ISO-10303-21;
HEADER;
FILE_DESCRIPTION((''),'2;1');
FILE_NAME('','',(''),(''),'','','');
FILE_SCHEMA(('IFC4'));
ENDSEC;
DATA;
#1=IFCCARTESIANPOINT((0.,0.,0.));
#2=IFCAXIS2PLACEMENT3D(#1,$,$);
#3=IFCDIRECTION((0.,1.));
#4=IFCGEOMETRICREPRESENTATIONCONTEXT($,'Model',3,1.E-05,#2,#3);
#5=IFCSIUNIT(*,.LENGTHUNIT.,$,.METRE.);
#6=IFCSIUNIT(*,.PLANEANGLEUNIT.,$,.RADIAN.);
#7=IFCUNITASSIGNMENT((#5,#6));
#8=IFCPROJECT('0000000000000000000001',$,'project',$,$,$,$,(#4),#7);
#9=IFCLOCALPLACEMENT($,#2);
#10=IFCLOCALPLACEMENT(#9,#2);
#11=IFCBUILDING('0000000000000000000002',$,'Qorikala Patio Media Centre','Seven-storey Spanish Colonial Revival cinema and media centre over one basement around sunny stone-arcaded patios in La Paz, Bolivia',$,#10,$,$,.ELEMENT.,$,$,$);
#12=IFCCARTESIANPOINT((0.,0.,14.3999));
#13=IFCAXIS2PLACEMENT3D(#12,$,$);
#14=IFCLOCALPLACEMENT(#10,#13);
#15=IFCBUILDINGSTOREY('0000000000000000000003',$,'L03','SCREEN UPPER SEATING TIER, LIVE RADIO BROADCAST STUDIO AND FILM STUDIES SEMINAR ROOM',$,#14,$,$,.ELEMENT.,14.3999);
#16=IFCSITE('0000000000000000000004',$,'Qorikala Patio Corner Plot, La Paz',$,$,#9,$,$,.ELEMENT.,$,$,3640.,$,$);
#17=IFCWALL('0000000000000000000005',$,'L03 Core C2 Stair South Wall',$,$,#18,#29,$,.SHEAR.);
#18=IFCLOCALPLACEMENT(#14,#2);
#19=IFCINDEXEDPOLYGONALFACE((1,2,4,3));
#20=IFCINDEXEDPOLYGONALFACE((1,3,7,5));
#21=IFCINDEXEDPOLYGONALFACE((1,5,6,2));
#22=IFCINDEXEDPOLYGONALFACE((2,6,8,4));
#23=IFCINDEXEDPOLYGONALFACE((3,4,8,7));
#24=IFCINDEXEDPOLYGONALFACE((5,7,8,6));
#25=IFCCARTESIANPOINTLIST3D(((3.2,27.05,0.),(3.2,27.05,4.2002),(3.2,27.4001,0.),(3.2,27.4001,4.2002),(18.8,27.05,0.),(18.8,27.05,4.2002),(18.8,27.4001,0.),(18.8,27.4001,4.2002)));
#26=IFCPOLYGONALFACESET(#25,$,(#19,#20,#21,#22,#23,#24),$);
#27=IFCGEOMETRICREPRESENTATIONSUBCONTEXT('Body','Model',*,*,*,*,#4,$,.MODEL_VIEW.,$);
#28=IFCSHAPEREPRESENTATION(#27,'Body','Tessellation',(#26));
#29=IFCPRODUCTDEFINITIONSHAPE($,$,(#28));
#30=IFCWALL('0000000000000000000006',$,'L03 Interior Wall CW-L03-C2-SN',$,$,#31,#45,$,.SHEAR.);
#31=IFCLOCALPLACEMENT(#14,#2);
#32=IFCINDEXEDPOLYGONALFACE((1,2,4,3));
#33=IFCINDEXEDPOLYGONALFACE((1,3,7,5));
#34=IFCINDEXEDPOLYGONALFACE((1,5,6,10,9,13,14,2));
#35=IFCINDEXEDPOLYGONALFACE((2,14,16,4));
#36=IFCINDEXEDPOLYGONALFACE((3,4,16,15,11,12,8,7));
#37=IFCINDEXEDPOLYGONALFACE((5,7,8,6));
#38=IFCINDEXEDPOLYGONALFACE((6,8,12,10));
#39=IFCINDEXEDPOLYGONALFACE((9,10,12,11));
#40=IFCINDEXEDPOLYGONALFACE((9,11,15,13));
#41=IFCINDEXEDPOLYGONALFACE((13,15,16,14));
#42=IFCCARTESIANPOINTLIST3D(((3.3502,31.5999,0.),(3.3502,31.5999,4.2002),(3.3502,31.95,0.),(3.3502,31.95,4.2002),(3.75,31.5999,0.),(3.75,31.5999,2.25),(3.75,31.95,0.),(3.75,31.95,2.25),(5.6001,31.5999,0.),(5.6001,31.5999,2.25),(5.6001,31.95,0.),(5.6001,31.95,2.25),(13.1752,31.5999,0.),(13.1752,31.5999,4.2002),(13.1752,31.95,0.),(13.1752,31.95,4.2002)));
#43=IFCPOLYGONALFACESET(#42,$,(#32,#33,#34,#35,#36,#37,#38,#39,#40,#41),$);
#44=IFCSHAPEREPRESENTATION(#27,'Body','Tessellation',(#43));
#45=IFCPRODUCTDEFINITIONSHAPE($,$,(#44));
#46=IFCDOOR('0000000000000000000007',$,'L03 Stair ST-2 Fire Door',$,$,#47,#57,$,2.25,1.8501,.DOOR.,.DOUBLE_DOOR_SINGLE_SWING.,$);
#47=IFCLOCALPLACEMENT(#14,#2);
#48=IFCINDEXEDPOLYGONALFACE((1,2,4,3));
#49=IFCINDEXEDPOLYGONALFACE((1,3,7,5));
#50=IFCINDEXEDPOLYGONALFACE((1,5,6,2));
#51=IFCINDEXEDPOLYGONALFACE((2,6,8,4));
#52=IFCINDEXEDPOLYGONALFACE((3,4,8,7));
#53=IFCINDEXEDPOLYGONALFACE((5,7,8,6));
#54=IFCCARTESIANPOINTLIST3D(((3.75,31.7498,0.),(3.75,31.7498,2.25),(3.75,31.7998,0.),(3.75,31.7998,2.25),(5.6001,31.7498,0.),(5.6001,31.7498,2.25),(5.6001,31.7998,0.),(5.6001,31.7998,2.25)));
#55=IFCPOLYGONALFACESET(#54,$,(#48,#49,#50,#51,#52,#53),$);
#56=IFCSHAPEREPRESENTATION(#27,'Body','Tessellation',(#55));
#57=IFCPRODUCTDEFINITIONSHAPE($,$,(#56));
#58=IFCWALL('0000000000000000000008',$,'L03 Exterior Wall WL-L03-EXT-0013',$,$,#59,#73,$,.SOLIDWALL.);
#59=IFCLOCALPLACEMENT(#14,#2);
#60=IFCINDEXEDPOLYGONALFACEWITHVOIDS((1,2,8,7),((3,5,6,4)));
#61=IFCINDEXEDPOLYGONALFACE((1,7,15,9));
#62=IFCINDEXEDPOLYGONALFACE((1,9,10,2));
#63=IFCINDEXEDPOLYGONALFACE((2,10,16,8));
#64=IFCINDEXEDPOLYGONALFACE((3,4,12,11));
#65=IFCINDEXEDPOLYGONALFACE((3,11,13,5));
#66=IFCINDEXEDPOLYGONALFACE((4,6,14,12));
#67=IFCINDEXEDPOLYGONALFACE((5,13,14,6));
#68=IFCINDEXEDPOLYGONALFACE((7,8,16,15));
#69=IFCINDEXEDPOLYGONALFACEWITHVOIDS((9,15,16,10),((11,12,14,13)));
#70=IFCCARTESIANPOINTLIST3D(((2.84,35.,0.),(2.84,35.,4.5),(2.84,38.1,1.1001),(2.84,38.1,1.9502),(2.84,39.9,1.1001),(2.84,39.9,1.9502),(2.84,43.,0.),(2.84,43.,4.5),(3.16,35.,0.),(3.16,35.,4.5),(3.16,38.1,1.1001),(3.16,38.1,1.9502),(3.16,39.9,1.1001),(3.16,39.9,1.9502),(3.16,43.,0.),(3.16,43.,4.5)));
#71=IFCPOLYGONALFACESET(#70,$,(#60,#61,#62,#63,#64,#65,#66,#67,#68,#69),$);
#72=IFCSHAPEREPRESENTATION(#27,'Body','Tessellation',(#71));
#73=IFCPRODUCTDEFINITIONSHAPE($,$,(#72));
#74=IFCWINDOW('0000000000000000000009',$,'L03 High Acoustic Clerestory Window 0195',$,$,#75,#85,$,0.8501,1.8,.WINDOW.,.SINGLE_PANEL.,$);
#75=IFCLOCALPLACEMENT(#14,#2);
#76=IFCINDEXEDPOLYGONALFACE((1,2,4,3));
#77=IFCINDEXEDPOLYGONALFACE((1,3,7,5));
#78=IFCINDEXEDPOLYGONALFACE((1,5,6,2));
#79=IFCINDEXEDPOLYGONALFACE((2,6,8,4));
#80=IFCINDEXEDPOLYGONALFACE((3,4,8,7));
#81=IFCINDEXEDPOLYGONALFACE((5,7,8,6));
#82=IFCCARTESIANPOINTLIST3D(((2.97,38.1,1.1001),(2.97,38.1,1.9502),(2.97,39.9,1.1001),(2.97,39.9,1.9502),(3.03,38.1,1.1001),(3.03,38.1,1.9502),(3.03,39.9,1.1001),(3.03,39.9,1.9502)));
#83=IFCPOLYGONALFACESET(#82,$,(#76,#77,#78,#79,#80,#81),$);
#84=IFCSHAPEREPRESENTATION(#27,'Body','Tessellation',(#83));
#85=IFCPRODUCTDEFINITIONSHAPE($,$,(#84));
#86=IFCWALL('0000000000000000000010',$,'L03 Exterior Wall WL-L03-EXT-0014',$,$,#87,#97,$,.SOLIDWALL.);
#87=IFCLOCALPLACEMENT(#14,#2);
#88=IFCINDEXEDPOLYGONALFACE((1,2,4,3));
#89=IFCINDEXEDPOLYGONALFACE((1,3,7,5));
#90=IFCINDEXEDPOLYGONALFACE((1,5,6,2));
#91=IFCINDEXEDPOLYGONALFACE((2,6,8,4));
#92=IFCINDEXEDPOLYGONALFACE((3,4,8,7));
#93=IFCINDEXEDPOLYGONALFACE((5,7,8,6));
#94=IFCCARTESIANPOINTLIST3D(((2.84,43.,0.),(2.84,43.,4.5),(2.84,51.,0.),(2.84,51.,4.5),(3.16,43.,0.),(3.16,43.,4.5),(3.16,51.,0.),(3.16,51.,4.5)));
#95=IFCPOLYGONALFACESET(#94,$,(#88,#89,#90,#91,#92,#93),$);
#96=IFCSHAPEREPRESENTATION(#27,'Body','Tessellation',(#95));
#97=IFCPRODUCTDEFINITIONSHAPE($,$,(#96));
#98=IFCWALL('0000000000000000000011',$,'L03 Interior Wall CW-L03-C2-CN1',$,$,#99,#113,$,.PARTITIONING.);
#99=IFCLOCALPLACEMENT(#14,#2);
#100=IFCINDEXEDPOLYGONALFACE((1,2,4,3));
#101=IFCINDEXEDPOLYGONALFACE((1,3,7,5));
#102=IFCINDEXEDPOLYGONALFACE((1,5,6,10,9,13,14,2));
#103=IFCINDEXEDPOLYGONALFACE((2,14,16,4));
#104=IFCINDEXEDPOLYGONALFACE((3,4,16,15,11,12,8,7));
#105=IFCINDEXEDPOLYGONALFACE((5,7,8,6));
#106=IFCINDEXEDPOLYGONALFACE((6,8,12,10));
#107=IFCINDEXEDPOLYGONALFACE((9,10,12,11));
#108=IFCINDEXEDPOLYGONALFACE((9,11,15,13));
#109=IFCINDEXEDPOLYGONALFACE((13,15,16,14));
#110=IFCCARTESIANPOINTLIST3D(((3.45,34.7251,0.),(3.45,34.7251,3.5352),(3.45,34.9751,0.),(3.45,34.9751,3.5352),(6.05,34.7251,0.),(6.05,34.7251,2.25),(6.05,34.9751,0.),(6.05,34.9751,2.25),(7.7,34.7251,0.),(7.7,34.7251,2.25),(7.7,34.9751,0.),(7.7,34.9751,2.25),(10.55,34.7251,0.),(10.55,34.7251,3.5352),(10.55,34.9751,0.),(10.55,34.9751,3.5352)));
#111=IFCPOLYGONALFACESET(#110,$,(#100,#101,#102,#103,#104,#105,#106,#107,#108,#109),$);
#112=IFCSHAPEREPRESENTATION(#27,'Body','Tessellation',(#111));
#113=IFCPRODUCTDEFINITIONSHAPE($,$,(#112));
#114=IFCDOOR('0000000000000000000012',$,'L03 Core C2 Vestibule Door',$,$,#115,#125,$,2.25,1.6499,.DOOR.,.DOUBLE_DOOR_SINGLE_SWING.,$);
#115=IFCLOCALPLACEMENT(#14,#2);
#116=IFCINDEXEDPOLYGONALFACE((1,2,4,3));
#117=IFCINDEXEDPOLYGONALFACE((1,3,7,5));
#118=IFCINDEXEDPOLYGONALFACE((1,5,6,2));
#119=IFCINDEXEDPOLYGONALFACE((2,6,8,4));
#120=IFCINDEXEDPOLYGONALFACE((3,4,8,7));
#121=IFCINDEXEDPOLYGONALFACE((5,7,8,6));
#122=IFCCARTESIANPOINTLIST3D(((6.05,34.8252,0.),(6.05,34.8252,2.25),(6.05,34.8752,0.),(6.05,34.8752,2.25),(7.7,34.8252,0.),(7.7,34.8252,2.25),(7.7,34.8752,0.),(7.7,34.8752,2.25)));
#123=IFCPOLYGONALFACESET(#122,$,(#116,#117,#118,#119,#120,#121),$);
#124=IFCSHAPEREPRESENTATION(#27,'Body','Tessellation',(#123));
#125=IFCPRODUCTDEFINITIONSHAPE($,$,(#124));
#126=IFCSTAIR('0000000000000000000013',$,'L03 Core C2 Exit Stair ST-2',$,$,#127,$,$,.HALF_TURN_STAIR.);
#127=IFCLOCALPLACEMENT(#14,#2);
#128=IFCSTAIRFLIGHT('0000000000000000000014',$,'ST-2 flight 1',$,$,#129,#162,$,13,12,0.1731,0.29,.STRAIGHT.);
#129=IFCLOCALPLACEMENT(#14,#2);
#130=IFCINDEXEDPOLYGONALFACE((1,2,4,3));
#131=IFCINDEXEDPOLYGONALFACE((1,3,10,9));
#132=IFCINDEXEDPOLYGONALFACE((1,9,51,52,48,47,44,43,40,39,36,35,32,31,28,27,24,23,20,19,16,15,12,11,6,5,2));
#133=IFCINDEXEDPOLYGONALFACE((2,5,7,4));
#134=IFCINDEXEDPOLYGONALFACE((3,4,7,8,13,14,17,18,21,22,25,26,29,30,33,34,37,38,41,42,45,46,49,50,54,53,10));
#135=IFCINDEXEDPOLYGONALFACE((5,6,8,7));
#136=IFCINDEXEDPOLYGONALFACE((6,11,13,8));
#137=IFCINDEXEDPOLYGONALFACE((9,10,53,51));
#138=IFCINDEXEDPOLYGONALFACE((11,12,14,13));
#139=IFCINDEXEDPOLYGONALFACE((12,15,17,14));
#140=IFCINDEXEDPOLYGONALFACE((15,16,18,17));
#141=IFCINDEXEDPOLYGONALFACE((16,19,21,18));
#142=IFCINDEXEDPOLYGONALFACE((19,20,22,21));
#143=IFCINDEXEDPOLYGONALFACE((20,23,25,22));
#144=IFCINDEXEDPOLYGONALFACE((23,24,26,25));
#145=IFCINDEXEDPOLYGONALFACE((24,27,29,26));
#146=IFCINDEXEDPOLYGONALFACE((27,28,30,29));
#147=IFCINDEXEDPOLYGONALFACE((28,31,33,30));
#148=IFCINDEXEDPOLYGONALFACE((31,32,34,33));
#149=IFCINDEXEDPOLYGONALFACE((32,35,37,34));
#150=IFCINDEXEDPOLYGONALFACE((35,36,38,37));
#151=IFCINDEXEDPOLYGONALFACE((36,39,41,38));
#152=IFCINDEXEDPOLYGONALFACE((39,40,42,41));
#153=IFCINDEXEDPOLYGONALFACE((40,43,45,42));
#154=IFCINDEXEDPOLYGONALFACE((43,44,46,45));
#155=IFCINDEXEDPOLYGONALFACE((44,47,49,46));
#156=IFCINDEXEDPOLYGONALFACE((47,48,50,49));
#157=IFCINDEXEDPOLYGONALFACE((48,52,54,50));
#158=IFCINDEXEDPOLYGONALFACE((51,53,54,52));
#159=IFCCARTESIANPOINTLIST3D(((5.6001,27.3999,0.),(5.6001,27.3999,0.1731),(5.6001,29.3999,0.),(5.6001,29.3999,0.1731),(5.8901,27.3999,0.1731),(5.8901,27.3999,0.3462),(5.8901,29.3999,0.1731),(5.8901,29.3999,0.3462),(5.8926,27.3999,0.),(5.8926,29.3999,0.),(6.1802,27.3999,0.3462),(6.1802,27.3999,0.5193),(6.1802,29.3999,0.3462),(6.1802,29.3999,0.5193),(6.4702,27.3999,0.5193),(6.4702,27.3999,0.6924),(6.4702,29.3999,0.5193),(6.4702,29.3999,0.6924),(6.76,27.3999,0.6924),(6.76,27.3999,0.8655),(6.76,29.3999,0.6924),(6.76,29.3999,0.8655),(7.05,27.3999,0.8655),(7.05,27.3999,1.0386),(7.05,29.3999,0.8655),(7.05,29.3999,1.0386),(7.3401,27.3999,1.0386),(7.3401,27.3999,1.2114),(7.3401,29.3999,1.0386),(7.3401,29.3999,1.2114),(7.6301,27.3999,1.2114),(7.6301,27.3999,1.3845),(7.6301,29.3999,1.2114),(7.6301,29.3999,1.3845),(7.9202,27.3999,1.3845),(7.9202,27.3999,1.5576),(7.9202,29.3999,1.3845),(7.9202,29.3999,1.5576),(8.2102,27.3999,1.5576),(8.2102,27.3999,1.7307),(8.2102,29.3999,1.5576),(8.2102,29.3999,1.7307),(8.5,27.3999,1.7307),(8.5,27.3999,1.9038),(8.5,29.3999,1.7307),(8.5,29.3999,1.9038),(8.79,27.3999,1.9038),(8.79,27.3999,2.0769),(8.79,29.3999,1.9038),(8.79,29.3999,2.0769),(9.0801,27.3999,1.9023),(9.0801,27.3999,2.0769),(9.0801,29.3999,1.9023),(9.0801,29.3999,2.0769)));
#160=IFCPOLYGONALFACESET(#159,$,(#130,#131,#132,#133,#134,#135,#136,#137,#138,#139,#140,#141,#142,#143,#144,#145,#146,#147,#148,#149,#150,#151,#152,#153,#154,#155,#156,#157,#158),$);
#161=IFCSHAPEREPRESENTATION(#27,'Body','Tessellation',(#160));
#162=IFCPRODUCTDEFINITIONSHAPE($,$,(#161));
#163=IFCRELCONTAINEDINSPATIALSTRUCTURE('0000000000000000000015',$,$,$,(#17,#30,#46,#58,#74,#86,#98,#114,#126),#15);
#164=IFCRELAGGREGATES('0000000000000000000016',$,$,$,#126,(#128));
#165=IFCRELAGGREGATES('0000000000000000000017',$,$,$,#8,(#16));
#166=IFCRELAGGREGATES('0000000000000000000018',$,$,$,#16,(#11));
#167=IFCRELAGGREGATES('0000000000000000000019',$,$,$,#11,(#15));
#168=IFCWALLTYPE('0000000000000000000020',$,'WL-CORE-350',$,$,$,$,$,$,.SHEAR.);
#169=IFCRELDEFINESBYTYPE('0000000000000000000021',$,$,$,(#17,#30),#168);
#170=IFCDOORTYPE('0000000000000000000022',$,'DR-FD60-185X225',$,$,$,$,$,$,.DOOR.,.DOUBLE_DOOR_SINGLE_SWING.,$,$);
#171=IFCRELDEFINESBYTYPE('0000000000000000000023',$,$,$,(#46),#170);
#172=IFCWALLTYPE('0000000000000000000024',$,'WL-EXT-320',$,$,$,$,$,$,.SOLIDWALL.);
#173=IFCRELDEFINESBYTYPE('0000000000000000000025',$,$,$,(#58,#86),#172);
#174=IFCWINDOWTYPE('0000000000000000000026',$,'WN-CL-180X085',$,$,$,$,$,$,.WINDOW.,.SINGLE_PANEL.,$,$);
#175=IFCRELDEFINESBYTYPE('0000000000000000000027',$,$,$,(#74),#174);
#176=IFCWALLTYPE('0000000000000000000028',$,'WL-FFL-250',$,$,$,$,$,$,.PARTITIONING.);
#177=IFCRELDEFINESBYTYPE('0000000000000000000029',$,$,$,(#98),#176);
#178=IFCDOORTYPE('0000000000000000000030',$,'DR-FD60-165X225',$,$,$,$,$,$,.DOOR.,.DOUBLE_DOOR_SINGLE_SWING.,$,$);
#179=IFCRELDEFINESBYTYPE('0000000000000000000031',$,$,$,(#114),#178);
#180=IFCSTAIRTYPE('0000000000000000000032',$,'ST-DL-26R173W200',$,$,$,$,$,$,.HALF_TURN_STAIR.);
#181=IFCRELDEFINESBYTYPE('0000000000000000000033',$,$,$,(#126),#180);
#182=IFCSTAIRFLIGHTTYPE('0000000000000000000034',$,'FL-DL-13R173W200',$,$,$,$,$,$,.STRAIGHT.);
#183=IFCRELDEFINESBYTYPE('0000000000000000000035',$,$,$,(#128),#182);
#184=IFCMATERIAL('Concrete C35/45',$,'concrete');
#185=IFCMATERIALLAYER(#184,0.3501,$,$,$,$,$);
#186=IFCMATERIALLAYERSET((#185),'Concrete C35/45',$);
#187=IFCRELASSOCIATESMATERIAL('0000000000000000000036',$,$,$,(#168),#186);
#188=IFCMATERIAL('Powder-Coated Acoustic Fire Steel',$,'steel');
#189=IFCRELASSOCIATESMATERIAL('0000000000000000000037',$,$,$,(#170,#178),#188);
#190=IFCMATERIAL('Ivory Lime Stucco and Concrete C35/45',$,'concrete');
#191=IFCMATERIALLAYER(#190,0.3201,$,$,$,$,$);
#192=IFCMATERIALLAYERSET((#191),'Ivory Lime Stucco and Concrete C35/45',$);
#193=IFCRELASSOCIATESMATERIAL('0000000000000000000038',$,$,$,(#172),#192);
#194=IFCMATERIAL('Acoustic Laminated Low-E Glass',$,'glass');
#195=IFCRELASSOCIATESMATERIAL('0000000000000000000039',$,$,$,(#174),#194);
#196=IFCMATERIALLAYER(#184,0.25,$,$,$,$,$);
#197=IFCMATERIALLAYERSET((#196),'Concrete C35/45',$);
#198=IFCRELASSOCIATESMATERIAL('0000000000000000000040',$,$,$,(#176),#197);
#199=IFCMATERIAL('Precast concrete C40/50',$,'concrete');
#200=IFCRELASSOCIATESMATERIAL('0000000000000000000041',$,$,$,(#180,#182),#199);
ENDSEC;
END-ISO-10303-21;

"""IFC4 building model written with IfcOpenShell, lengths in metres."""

from ifc_helpers import new_model, si_unit, direction, frame, frame_2d, origin, place, context, subcontext, project, spatial, polyline, rectangle, outline, extrude, material, layer, layer_set, type_object, element, fill, aggregate, save


model = new_model("IFC4")

# Units and contexts
model_context = context("Model", 3, precision=1e-05, world=origin(), true_north=direction((0.0, 1.0)))
body_context = subcontext(model_context, "Body", "Model", "MODEL_VIEW")
ifc_project = project(units=[si_unit("LENGTHUNIT", "METRE"), si_unit("PLANEANGLEUNIT", "RADIAN")], contexts=[model_context])

# Site, building, storey
site_placement = place(None, origin())
site = spatial("IfcSite", under=ifc_project, at=site_placement, Name="Qorikala Patio Corner Plot, La Paz", CompositionType="ELEMENT", RefElevation=3640.0)
building_placement = place(site_placement, origin())
building = spatial("IfcBuilding", under=site, at=building_placement, Name="Qorikala Patio Media Centre", Description="Seven-storey Spanish Colonial Revival cinema and media centre over one basement around sunny stone-arcaded patios in La Paz, Bolivia", CompositionType="ELEMENT")
storey_placement = place(building_placement, frame((0.0, 0.0, 14.3999)))
storey = spatial("IfcBuildingStorey", under=building, at=storey_placement, Name="L03", Description="SCREEN UPPER SEATING TIER, LIVE RADIO BROADCAST STUDIO AND FILM STUDIES SEMINAR ROOM", CompositionType="ELEMENT", Elevation=14.3999)

# Shared definitions
ifc_material_1 = material(Name="Concrete C35/45", Category="concrete")

# Wall
ifc_layer_1 = layer(ifc_material_1, 0.3501)
ifc_layer_set_1 = layer_set([ifc_layer_1], Name="Concrete C35/45")
wall_type_1 = type_object("IfcWallType", Name="WL-CORE-350", PredefinedType="SHEAR", material=ifc_layer_set_1)
wall_1_placement = place(storey_placement, frame((3.2, 27.2251, 0.0), z_axis=(0.0, 0.0, 1.0), x_axis=(1.0, 0.0, 0.0)))
element("IfcWall", 1, at=wall_1_placement, inside=storey, type_object=wall_type_1, Name="L03 Core C2 Stair South Wall", PredefinedType="SHEAR", context=body_context, shape_type="SweptSolid", body=[
    extrude(rectangle(XDim=15.6001, YDim=0.3501, at=frame_2d((7.8, 0.0))), origin(), (0.0, 0.0, 1.0), 4.2002),
])

# Wall, opening, door
wall_2_placement = place(storey_placement, frame((3.3501, 31.7749, 0.0), z_axis=(0.0, 0.0, 1.0), x_axis=(1.0, 0.0, 0.0)))
wall_2 = element("IfcWall", 2, at=wall_2_placement, inside=storey, type_object=wall_type_1, Name="L03 Interior Wall CW-L03-C2-SN", PredefinedType="SHEAR", context=body_context, shape_type="SweptSolid", body=[
    extrude(rectangle(XDim=9.825, YDim=0.3501, at=frame_2d((4.9126, 0.0))), origin(), (0.0, 0.0, 1.0), 4.2002),
])
opening_1_placement = place(wall_2_placement, frame((0.3999, 0.0, 0.0)))
opening_1 = element("IfcOpeningElement", 3, at=opening_1_placement, cuts=wall_2, PredefinedType="OPENING", context=body_context, shape_type="SweptSolid", body=[
    extrude(rectangle(XDim=1.8501, YDim=2.25, at=frame_2d((0.925, 1.125))), frame((0.0, 0.1851, 0.0), z_axis=(0.0, -1.0, 0.0), x_axis=(1.0, 0.0, 0.0)), (0.0, 0.0, 1.0), 0.3701),
])
ifc_material_2 = material(Name="Powder-Coated Acoustic Fire Steel", Category="steel")
door_type_1 = type_object("IfcDoorType", Name="DR-FD60-185X225", OperationType="DOUBLE_DOOR_SINGLE_SWING", PredefinedType="DOOR", material=ifc_material_2)
door_1_placement = place(opening_1_placement, origin())
door_1 = element("IfcDoor", 4, at=door_1_placement, inside=storey, type_object=door_type_1, Name="L03 Stair ST-2 Fire Door", OperationType="DOUBLE_DOOR_SINGLE_SWING", OverallHeight=2.25, OverallWidth=1.8501, PredefinedType="DOOR", context=body_context, shape_type="SweptSolid", body=[
    extrude(rectangle(XDim=1.8501, YDim=2.25, at=frame_2d((0.925, 1.125))), frame((0.0, 0.0249, 0.0), z_axis=(0.0, -1.0, 0.0), x_axis=(1.0, 0.0, 0.0)), (0.0, 0.0, 1.0), 0.05),
])
fill(opening_1, door_1)

# Wall, opening, window
ifc_material_3 = material(Name="Ivory Lime Stucco and Concrete C35/45", Category="concrete")
ifc_layer_2 = layer(ifc_material_3, 0.3201)
ifc_layer_set_2 = layer_set([ifc_layer_2], Name="Ivory Lime Stucco and Concrete C35/45")
wall_type_2 = type_object("IfcWallType", Name="WL-EXT-320", PredefinedType="SOLIDWALL", material=ifc_layer_set_2)
wall_3_placement = place(storey_placement, frame((3.0, 35.0, 0.0), z_axis=(0.0, 0.0, 1.0), x_axis=(0.0, 1.0, 0.0)))
wall_3 = element("IfcWall", 5, at=wall_3_placement, inside=storey, type_object=wall_type_2, Name="L03 Exterior Wall WL-L03-EXT-0013", PredefinedType="SOLIDWALL", context=body_context, shape_type="SweptSolid", body=[
    extrude(rectangle(XDim=8.0, YDim=0.3201, at=frame_2d((4.0, 0.0))), origin(), (0.0, 0.0, 1.0), 4.5),
])
opening_2_placement = place(wall_3_placement, frame((3.1001, 0.0, 1.1001)))
opening_2 = element("IfcOpeningElement", 6, at=opening_2_placement, cuts=wall_3, PredefinedType="OPENING", context=body_context, shape_type="SweptSolid", body=[
    extrude(rectangle(XDim=1.8, YDim=0.8501, at=frame_2d((0.8999, 0.425))), frame((0.0, 0.1699, 0.0), z_axis=(0.0, -1.0, 0.0), x_axis=(1.0, 0.0, 0.0)), (0.0, 0.0, 1.0), 0.3401),
])
ifc_material_4 = material(Name="Acoustic Laminated Low-E Glass", Category="glass")
window_type = type_object("IfcWindowType", Name="WN-CL-180X085", PartitioningType="SINGLE_PANEL", PredefinedType="WINDOW", material=ifc_material_4)
window_placement = place(opening_2_placement, origin())
window = element("IfcWindow", 7, at=window_placement, inside=storey, type_object=window_type, Name="L03 High Acoustic Clerestory Window 0195", OverallHeight=0.8501, OverallWidth=1.8, PartitioningType="SINGLE_PANEL", PredefinedType="WINDOW", context=body_context, shape_type="SweptSolid", body=[
    extrude(rectangle(XDim=1.8, YDim=0.8501, at=frame_2d((0.8999, 0.425))), frame((0.0, 0.03, 0.0), z_axis=(0.0, -1.0, 0.0), x_axis=(1.0, 0.0, 0.0)), (0.0, 0.0, 1.0), 0.0601),
])
fill(opening_2, window)

# Wall
wall_4_placement = place(storey_placement, frame((3.0, 43.0, 0.0), z_axis=(0.0, 0.0, 1.0), x_axis=(0.0, 1.0, 0.0)))
element("IfcWall", 8, at=wall_4_placement, inside=storey, type_object=wall_type_2, Name="L03 Exterior Wall WL-L03-EXT-0014", PredefinedType="SOLIDWALL", context=body_context, shape_type="SweptSolid", body=[
    extrude(rectangle(XDim=8.0, YDim=0.3201, at=frame_2d((4.0, 0.0))), origin(), (0.0, 0.0, 1.0), 4.5),
])

# Wall, opening, door
ifc_layer_3 = layer(ifc_material_1, 0.25)
ifc_layer_set_3 = layer_set([ifc_layer_3], Name="Concrete C35/45")
wall_type_3 = type_object("IfcWallType", Name="WL-FFL-250", PredefinedType="PARTITIONING", material=ifc_layer_set_3)
wall_5_placement = place(storey_placement, frame((3.45, 34.8501, 0.0), z_axis=(0.0, 0.0, 1.0), x_axis=(1.0, 0.0, 0.0)))
wall_5 = element("IfcWall", 9, at=wall_5_placement, inside=storey, type_object=wall_type_3, Name="L03 Interior Wall CW-L03-C2-CN1", PredefinedType="PARTITIONING", context=body_context, shape_type="SweptSolid", body=[
    extrude(rectangle(XDim=7.1001, YDim=0.25, at=frame_2d((3.55, 0.0))), origin(), (0.0, 0.0, 1.0), 3.5352),
])
opening_3_placement = place(wall_5_placement, frame((2.6001, 0.0, 0.0)))
opening_3 = element("IfcOpeningElement", 10, at=opening_3_placement, cuts=wall_5, PredefinedType="OPENING", context=body_context, shape_type="SweptSolid", body=[
    extrude(rectangle(XDim=1.6499, YDim=2.25, at=frame_2d((0.825, 1.125))), frame((0.0, 0.135, 0.0), z_axis=(0.0, -1.0, 0.0), x_axis=(1.0, 0.0, 0.0)), (0.0, 0.0, 1.0), 0.27),
])
door_type_2 = type_object("IfcDoorType", Name="DR-FD60-165X225", OperationType="DOUBLE_DOOR_SINGLE_SWING", PredefinedType="DOOR", material=ifc_material_2)
door_2_placement = place(opening_3_placement, frame((1.6499, 0.0, 0.0), z_axis=(0.0, 0.0, 1.0), x_axis=(-1.0, 0.0, 0.0)))
door_2 = element("IfcDoor", 11, at=door_2_placement, inside=storey, type_object=door_type_2, Name="L03 Core C2 Vestibule Door", OperationType="DOUBLE_DOOR_SINGLE_SWING", OverallHeight=2.25, OverallWidth=1.6499, PredefinedType="DOOR", context=body_context, shape_type="SweptSolid", body=[
    extrude(rectangle(XDim=1.6499, YDim=2.25, at=frame_2d((0.825, 1.125))), frame((0.0, 0.0249, 0.0), z_axis=(0.0, -1.0, 0.0), x_axis=(1.0, 0.0, 0.0)), (0.0, 0.0, 1.0), 0.05),
])
fill(opening_3, door_2)

# Stair, stair flight
ifc_material_5 = material(Name="Precast concrete C40/50", Category="concrete")
stair_type = type_object("IfcStairType", Name="ST-DL-26R173W200", PredefinedType="HALF_TURN_STAIR", material=ifc_material_5)
stair_placement = place(storey_placement, origin())
stair = element("IfcStair", 12, at=stair_placement, inside=storey, type_object=stair_type, Name="L03 Core C2 Exit Stair ST-2", PredefinedType="HALF_TURN_STAIR")
stair_flight_type = type_object("IfcStairFlightType", Name="FL-DL-13R173W200", PredefinedType="STRAIGHT", material=ifc_material_5)
stair_flight_1_placement = place(storey_placement, frame((5.6001, 28.3999, 0.0), z_axis=(0.0, 0.0, 1.0), x_axis=(1.0, 0.0, 0.0)))
stair_flight_1 = element("IfcStairFlight", 13, at=stair_flight_1_placement, type_object=stair_flight_type, Name="ST-2 flight 1", NumberOfRisers=13, NumberOfTreads=12, PredefinedType="STRAIGHT", RiserHeight=0.1731, TreadLength=0.29, context=body_context, shape_type="SweptSolid", body=[
    extrude(outline(polyline([(0.0, 0.0), (0.0, 0.1731), (0.29, 0.1731), (0.29, 0.3462), (0.5801, 0.3462), (0.5801, 0.5193), (0.8701, 0.5193), (0.8701, 0.6924), (1.1599, 0.6924), (1.1599, 0.8655), (1.45, 0.8655), (1.45, 1.0386), (1.74, 1.0386), (1.74, 1.2114), (2.03, 1.2114), (2.03, 1.3845), (2.3201, 1.3845), (2.3201, 1.5576), (2.6101, 1.5576), (2.6101, 1.7307), (2.8999, 1.7307), (2.8999, 1.9038), (3.1899, 1.9038), (3.1899, 2.0769), (3.48, 2.0769), (3.48, 2.25), (3.48, 1.9023), (0.2925, 0.0), (0.0, 0.0)])), frame((0.0, 1.0, 0.0), z_axis=(0.0, -1.0, 0.0), x_axis=(1.0, 0.0, 0.0)), (0.0, 0.0, 1.0), 2.0),
])
aggregate(stair, [stair_flight_1])

save(model, "model.ifc")
